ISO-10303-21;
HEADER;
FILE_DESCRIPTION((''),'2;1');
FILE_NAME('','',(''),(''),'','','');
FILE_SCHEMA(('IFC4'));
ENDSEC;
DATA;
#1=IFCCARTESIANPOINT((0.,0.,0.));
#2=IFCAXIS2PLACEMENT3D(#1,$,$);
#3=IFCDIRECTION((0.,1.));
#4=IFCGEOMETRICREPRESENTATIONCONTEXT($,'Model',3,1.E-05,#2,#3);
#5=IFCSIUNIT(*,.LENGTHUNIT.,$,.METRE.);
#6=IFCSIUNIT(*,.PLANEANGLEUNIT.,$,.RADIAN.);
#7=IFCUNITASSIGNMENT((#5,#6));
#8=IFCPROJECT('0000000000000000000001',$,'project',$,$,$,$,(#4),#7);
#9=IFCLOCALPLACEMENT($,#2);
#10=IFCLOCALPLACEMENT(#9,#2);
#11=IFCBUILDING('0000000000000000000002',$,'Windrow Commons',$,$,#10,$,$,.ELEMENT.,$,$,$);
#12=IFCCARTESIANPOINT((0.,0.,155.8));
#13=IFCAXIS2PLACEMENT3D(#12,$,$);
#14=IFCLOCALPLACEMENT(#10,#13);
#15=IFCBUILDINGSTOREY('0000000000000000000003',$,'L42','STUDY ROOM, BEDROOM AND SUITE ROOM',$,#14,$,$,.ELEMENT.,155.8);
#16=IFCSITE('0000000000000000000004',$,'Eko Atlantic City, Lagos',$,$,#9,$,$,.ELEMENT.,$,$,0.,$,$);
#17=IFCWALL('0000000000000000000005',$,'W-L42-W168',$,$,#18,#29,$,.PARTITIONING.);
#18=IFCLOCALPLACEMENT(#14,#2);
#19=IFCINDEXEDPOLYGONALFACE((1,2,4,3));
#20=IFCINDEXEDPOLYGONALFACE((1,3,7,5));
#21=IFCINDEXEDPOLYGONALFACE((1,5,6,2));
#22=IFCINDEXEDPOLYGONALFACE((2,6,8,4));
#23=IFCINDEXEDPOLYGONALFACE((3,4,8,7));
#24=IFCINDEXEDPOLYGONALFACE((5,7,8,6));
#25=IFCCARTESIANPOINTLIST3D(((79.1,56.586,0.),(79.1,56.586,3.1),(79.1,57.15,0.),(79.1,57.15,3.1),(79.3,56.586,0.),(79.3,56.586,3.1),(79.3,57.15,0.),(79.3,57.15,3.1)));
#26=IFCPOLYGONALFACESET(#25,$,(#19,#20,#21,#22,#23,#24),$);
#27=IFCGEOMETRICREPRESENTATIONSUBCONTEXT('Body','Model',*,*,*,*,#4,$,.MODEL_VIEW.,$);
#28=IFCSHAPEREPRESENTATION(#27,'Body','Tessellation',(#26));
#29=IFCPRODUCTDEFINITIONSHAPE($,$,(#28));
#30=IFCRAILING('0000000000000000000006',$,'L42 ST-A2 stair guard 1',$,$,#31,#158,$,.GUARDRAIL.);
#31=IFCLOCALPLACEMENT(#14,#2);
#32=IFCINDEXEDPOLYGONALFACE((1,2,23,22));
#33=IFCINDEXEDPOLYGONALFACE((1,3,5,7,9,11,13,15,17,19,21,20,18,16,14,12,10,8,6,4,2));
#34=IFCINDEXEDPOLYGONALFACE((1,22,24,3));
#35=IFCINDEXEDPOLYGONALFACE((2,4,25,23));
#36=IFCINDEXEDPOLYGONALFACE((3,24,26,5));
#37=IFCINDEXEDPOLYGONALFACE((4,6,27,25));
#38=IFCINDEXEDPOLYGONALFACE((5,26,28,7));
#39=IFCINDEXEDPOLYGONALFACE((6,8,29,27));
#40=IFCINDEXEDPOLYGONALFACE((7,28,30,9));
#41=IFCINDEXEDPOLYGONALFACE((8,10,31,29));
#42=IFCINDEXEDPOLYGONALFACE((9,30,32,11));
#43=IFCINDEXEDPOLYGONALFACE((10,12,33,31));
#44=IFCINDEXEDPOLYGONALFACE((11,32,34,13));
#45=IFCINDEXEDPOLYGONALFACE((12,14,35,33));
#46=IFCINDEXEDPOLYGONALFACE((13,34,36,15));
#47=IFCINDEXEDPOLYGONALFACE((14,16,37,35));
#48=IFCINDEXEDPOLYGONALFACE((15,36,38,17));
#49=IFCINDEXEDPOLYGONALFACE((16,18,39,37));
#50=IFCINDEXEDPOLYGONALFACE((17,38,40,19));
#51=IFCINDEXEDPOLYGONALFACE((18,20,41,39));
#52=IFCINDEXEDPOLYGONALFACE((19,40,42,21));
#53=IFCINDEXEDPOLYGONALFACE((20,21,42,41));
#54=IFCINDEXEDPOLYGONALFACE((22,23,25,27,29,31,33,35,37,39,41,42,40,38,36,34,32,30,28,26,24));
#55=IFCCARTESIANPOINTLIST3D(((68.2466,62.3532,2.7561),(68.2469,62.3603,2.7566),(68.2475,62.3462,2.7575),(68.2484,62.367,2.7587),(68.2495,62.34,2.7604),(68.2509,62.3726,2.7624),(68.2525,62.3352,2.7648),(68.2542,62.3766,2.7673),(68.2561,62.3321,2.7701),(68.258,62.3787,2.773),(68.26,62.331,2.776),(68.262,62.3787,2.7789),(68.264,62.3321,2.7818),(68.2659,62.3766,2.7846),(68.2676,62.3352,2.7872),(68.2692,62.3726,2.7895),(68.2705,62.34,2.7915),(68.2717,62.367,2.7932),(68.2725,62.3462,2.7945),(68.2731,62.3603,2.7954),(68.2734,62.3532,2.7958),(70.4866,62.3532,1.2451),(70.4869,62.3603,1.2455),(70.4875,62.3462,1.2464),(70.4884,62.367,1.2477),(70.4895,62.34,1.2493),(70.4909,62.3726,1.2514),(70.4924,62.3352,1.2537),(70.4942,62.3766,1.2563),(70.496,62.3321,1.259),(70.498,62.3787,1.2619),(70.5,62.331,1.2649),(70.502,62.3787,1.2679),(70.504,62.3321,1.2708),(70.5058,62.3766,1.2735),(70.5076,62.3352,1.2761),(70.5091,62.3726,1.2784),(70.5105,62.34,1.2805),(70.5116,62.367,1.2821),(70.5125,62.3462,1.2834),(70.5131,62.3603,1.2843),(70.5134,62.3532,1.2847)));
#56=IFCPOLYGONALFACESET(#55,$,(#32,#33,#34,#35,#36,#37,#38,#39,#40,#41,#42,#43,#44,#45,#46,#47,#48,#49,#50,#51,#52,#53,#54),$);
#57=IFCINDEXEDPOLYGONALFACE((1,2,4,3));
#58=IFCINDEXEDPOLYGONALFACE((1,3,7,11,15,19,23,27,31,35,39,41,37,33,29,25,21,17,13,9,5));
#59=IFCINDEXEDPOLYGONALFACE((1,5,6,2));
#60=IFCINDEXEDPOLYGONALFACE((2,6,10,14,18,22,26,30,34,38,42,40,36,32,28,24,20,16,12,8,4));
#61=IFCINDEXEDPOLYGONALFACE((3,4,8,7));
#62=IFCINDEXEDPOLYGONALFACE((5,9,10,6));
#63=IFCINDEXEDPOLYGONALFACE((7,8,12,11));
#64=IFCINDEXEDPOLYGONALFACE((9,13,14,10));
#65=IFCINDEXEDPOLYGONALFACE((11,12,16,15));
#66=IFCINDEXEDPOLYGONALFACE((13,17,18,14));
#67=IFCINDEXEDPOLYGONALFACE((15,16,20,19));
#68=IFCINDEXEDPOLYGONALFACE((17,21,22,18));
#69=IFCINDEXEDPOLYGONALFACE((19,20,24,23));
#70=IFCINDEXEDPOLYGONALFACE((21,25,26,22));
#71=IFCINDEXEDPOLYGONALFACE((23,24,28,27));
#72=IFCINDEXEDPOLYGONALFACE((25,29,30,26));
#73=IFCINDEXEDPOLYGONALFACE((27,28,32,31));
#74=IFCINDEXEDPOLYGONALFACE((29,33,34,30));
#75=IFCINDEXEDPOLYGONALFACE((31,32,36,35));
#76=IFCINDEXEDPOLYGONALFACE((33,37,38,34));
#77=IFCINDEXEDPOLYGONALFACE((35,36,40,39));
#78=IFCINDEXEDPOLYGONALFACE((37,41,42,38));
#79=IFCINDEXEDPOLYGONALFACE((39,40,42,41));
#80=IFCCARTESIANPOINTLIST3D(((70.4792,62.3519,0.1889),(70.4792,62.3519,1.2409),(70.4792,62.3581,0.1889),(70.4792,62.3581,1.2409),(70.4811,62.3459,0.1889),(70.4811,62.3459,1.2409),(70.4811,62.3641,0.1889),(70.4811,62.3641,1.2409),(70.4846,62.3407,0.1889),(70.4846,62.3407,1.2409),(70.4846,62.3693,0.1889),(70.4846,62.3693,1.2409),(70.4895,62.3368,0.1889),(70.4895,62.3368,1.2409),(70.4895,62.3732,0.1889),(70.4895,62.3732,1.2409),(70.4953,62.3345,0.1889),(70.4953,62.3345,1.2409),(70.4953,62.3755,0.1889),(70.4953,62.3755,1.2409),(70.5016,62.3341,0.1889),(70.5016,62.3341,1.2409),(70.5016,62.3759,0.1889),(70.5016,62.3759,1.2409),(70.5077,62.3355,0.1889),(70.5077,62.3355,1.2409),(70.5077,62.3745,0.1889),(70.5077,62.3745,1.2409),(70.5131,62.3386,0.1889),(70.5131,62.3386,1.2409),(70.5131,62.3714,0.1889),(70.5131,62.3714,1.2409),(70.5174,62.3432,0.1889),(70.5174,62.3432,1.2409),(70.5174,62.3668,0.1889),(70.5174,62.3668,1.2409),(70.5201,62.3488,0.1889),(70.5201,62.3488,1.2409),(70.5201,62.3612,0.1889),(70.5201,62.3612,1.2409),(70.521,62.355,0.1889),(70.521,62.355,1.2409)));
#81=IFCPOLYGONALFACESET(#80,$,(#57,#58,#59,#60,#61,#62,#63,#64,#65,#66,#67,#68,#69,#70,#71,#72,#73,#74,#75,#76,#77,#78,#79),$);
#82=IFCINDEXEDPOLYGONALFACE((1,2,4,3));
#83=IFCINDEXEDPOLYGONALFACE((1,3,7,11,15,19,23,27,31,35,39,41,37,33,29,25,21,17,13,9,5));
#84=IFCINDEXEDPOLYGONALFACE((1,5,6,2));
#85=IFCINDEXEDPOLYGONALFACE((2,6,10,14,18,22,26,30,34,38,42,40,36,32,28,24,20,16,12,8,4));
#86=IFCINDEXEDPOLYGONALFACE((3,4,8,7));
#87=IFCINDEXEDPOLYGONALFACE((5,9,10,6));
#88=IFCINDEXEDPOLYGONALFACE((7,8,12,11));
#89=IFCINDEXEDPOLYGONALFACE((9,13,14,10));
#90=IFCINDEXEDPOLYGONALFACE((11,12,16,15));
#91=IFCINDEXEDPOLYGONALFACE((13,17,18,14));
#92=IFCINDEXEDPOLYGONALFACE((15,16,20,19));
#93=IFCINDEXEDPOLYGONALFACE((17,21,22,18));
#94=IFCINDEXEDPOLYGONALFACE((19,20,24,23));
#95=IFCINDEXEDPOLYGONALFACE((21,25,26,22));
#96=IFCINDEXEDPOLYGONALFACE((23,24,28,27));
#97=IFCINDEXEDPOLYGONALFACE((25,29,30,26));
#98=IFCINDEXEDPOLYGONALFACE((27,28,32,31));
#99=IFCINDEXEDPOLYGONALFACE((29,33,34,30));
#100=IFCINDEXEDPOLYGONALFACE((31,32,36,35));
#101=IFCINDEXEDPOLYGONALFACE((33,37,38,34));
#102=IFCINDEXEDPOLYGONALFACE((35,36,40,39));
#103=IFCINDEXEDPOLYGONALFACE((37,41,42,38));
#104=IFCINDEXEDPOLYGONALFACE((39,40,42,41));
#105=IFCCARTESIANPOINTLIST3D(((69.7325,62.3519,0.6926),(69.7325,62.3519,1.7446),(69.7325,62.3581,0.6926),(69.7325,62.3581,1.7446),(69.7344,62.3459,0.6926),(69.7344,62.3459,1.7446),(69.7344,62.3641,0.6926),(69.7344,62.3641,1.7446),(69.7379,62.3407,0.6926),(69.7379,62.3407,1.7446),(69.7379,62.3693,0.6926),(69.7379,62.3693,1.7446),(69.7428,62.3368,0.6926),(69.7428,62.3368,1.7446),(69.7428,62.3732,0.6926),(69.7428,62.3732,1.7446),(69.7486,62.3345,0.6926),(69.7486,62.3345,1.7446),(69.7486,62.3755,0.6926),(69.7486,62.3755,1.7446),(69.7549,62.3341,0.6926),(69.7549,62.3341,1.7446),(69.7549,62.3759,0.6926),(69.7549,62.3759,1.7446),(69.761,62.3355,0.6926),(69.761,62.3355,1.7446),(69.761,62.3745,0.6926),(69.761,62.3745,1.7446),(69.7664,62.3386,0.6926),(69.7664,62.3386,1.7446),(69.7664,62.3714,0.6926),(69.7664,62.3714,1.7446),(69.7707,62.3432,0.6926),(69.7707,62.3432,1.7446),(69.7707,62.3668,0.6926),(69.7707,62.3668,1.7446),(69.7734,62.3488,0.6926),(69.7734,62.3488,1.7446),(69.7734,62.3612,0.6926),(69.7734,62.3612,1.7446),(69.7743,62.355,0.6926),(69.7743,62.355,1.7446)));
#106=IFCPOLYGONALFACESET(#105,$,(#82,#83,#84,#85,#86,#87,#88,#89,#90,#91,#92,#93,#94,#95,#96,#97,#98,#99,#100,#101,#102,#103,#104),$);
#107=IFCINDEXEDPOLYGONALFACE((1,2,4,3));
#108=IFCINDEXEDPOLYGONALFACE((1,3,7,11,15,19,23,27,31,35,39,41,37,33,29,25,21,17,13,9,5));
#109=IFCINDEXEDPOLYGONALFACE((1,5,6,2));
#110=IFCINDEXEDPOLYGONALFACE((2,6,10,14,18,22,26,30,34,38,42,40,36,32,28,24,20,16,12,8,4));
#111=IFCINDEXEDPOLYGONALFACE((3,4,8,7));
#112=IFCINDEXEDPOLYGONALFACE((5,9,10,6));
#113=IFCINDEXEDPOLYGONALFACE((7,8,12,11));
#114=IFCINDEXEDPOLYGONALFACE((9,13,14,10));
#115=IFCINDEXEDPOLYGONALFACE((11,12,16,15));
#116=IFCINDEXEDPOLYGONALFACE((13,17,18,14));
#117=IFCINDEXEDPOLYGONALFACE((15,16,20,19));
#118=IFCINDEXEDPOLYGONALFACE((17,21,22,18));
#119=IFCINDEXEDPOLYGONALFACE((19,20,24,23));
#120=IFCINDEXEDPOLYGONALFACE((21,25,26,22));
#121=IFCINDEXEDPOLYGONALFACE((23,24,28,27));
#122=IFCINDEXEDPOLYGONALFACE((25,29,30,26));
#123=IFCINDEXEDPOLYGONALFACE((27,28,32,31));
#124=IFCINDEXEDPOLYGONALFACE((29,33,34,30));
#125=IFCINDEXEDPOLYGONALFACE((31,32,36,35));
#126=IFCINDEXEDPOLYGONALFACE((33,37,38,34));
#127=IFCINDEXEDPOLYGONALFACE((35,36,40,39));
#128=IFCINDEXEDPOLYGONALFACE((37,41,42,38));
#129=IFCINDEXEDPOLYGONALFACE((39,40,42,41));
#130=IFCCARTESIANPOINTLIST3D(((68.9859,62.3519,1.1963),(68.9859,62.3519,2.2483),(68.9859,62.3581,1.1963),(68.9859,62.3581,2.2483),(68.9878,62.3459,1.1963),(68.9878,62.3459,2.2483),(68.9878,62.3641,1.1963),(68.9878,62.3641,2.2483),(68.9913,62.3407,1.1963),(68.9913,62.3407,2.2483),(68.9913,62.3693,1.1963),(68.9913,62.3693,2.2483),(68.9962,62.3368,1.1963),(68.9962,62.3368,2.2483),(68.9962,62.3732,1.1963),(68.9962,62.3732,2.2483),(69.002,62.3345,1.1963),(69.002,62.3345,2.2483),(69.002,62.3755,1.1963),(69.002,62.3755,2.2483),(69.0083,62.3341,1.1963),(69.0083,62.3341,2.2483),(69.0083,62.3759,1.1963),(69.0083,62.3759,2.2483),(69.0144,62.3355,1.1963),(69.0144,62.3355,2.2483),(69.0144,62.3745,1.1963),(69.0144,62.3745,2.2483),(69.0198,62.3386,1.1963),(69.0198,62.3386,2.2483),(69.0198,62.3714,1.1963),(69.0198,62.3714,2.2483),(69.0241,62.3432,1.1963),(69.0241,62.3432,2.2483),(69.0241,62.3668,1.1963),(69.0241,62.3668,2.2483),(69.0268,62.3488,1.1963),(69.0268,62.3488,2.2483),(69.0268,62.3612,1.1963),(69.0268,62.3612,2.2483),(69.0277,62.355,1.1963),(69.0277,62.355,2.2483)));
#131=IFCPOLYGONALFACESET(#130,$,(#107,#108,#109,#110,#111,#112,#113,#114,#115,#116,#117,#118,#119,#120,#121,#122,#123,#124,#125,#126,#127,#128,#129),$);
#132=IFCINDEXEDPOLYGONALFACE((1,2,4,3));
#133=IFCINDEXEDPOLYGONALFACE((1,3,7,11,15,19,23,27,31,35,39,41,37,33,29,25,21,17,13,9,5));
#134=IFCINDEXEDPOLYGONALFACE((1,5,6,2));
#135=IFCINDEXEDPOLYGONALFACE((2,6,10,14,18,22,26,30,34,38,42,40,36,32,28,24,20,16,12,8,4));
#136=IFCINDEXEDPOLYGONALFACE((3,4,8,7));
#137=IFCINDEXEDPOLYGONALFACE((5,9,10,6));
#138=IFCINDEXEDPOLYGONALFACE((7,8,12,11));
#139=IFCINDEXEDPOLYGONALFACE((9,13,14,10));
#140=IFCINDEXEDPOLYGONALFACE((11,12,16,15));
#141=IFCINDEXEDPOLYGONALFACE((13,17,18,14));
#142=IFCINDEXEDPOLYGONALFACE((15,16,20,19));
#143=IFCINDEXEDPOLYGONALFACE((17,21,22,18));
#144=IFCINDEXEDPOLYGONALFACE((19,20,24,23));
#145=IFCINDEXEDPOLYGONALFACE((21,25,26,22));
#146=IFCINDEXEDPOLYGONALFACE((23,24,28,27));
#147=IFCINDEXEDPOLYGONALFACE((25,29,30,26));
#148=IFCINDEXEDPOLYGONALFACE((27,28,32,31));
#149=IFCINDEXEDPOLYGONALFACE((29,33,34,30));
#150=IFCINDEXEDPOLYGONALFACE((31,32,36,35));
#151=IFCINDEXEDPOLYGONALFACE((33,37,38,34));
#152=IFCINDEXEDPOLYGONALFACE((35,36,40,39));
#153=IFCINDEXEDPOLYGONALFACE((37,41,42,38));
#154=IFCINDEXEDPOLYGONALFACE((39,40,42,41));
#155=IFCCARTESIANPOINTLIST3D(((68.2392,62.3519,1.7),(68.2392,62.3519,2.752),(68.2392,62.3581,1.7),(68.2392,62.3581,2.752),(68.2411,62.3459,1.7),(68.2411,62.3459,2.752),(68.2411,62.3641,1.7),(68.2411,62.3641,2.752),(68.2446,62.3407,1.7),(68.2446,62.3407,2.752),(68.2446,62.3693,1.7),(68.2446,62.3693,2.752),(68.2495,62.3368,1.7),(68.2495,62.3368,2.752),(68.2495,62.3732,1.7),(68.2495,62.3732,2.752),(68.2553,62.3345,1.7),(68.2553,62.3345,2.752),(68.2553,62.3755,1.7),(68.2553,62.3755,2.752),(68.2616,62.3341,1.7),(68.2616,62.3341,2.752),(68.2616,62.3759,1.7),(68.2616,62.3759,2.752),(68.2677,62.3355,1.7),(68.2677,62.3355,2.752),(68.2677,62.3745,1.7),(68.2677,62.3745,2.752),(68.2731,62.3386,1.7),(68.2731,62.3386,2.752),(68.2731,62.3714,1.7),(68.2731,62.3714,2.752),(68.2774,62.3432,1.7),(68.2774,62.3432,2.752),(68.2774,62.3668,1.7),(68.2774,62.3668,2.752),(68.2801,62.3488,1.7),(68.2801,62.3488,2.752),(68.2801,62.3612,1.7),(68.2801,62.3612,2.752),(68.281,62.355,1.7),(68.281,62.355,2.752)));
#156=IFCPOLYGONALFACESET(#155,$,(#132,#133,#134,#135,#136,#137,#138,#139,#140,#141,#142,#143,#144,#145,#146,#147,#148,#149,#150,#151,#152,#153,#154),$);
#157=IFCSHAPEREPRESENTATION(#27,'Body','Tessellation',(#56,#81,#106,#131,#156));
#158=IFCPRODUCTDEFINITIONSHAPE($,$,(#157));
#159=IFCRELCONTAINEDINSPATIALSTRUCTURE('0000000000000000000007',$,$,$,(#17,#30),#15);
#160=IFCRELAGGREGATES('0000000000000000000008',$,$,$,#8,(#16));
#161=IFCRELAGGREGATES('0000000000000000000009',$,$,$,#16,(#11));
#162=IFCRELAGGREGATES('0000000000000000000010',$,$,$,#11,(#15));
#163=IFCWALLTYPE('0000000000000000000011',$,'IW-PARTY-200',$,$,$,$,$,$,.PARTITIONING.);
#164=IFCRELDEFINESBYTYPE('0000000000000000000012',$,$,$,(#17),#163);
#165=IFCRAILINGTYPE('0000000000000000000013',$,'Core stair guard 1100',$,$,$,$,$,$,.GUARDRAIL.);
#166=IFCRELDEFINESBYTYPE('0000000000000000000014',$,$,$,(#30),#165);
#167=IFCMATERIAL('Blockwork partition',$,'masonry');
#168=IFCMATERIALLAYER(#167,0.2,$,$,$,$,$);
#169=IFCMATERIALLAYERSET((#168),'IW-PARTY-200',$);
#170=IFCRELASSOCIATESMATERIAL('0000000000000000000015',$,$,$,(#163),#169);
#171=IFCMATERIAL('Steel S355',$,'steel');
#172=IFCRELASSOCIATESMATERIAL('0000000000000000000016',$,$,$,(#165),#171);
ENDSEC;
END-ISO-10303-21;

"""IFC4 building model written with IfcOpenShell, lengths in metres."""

from ifc_helpers import new_model, si_unit, direction, frame, frame_2d, origin, origin_2d, place, context, subcontext, project, spatial, rectangle, circle, extrude, material, layer, layer_set, type_object, element, save


model = new_model("IFC4")

# Units and contexts
model_context = context("Model", 3, precision=1e-05, world=origin(), true_north=direction((0.0, 1.0)))
body_context = subcontext(model_context, "Body", "Model", "MODEL_VIEW")
ifc_project = project(units=[si_unit("LENGTHUNIT", "METRE"), si_unit("PLANEANGLEUNIT", "RADIAN")], contexts=[model_context])

# Site, building, storey
site_placement = place(None, origin())
site = spatial("IfcSite", under=ifc_project, at=site_placement, Name="Eko Atlantic City, Lagos", CompositionType="ELEMENT", RefElevation=0.0)
building_placement = place(site_placement, origin())
building = spatial("IfcBuilding", under=site, at=building_placement, Name="Windrow Commons", CompositionType="ELEMENT")
storey_placement = place(building_placement, frame((0.0, 0.0, 155.8)))
storey = spatial("IfcBuildingStorey", under=building, at=storey_placement, Name="L42", Description="STUDY ROOM, BEDROOM AND SUITE ROOM", CompositionType="ELEMENT", Elevation=155.8)

# Wall
ifc_material_1 = material(Name="Blockwork partition", Category="masonry")
ifc_layer_1 = layer(ifc_material_1, 0.2)
ifc_layer_set_1 = layer_set([ifc_layer_1], Name="IW-PARTY-200")
wall_type_1 = type_object("IfcWallType", Name="IW-PARTY-200", PredefinedType="PARTITIONING", material=ifc_layer_set_1)
wall_1_placement = place(storey_placement, frame((79.2, 56.586, 0.0), z_axis=(0.0, 0.0, 1.0), x_axis=(0.0, 1.0, 0.0)))
element("IfcWall", 1, at=wall_1_placement, inside=storey, type_object=wall_type_1, Name="W-L42-W168", PredefinedType="PARTITIONING", context=body_context, shape_type="SweptSolid", body=[
    extrude(rectangle(XDim=0.564, YDim=0.2, at=frame_2d((0.282, 0.0))), origin(), (0.0, 0.0, 1.0), 3.1),
])

# Railing
ifc_material_2 = material(Name="Steel S355", Category="steel")
railing_type = type_object("IfcRailingType", Name="Core stair guard 1100", PredefinedType="GUARDRAIL", material=ifc_material_2)
railing_placement = place(storey_placement, frame((70.5, 62.355, 0.1889)))
element("IfcRailing", 2, at=railing_placement, inside=storey, type_object=railing_type, Name="L42 ST-A2 stair guard 1", PredefinedType="GUARDRAIL", context=body_context, shape_type="SweptSolid", body=[
    extrude(circle(Radius=0.024, at=origin_2d()), frame((0.0, 0.0, 1.076), z_axis=(-0.829003, 0.0, 0.559244), x_axis=(0.0, -1.0, 0.0)), (0.0, 0.0, 1.0), 2.702),
    extrude(circle(Radius=0.021, at=origin_2d()), origin(), (0.0, 0.0, 1.0), 1.052),
    extrude(circle(Radius=0.021, at=origin_2d()), frame((-0.7467, 0.0, 0.5037)), (0.0, 0.0, 1.0), 1.052),
    extrude(circle(Radius=0.021, at=origin_2d()), frame((-1.4933, 0.0, 1.0074)), (0.0, 0.0, 1.0), 1.052),
    extrude(circle(Radius=0.021, at=origin_2d()), frame((-2.24, 0.0, 1.5111)), (0.0, 0.0, 1.0), 1.052),
])

save(model, "model.ifc")
